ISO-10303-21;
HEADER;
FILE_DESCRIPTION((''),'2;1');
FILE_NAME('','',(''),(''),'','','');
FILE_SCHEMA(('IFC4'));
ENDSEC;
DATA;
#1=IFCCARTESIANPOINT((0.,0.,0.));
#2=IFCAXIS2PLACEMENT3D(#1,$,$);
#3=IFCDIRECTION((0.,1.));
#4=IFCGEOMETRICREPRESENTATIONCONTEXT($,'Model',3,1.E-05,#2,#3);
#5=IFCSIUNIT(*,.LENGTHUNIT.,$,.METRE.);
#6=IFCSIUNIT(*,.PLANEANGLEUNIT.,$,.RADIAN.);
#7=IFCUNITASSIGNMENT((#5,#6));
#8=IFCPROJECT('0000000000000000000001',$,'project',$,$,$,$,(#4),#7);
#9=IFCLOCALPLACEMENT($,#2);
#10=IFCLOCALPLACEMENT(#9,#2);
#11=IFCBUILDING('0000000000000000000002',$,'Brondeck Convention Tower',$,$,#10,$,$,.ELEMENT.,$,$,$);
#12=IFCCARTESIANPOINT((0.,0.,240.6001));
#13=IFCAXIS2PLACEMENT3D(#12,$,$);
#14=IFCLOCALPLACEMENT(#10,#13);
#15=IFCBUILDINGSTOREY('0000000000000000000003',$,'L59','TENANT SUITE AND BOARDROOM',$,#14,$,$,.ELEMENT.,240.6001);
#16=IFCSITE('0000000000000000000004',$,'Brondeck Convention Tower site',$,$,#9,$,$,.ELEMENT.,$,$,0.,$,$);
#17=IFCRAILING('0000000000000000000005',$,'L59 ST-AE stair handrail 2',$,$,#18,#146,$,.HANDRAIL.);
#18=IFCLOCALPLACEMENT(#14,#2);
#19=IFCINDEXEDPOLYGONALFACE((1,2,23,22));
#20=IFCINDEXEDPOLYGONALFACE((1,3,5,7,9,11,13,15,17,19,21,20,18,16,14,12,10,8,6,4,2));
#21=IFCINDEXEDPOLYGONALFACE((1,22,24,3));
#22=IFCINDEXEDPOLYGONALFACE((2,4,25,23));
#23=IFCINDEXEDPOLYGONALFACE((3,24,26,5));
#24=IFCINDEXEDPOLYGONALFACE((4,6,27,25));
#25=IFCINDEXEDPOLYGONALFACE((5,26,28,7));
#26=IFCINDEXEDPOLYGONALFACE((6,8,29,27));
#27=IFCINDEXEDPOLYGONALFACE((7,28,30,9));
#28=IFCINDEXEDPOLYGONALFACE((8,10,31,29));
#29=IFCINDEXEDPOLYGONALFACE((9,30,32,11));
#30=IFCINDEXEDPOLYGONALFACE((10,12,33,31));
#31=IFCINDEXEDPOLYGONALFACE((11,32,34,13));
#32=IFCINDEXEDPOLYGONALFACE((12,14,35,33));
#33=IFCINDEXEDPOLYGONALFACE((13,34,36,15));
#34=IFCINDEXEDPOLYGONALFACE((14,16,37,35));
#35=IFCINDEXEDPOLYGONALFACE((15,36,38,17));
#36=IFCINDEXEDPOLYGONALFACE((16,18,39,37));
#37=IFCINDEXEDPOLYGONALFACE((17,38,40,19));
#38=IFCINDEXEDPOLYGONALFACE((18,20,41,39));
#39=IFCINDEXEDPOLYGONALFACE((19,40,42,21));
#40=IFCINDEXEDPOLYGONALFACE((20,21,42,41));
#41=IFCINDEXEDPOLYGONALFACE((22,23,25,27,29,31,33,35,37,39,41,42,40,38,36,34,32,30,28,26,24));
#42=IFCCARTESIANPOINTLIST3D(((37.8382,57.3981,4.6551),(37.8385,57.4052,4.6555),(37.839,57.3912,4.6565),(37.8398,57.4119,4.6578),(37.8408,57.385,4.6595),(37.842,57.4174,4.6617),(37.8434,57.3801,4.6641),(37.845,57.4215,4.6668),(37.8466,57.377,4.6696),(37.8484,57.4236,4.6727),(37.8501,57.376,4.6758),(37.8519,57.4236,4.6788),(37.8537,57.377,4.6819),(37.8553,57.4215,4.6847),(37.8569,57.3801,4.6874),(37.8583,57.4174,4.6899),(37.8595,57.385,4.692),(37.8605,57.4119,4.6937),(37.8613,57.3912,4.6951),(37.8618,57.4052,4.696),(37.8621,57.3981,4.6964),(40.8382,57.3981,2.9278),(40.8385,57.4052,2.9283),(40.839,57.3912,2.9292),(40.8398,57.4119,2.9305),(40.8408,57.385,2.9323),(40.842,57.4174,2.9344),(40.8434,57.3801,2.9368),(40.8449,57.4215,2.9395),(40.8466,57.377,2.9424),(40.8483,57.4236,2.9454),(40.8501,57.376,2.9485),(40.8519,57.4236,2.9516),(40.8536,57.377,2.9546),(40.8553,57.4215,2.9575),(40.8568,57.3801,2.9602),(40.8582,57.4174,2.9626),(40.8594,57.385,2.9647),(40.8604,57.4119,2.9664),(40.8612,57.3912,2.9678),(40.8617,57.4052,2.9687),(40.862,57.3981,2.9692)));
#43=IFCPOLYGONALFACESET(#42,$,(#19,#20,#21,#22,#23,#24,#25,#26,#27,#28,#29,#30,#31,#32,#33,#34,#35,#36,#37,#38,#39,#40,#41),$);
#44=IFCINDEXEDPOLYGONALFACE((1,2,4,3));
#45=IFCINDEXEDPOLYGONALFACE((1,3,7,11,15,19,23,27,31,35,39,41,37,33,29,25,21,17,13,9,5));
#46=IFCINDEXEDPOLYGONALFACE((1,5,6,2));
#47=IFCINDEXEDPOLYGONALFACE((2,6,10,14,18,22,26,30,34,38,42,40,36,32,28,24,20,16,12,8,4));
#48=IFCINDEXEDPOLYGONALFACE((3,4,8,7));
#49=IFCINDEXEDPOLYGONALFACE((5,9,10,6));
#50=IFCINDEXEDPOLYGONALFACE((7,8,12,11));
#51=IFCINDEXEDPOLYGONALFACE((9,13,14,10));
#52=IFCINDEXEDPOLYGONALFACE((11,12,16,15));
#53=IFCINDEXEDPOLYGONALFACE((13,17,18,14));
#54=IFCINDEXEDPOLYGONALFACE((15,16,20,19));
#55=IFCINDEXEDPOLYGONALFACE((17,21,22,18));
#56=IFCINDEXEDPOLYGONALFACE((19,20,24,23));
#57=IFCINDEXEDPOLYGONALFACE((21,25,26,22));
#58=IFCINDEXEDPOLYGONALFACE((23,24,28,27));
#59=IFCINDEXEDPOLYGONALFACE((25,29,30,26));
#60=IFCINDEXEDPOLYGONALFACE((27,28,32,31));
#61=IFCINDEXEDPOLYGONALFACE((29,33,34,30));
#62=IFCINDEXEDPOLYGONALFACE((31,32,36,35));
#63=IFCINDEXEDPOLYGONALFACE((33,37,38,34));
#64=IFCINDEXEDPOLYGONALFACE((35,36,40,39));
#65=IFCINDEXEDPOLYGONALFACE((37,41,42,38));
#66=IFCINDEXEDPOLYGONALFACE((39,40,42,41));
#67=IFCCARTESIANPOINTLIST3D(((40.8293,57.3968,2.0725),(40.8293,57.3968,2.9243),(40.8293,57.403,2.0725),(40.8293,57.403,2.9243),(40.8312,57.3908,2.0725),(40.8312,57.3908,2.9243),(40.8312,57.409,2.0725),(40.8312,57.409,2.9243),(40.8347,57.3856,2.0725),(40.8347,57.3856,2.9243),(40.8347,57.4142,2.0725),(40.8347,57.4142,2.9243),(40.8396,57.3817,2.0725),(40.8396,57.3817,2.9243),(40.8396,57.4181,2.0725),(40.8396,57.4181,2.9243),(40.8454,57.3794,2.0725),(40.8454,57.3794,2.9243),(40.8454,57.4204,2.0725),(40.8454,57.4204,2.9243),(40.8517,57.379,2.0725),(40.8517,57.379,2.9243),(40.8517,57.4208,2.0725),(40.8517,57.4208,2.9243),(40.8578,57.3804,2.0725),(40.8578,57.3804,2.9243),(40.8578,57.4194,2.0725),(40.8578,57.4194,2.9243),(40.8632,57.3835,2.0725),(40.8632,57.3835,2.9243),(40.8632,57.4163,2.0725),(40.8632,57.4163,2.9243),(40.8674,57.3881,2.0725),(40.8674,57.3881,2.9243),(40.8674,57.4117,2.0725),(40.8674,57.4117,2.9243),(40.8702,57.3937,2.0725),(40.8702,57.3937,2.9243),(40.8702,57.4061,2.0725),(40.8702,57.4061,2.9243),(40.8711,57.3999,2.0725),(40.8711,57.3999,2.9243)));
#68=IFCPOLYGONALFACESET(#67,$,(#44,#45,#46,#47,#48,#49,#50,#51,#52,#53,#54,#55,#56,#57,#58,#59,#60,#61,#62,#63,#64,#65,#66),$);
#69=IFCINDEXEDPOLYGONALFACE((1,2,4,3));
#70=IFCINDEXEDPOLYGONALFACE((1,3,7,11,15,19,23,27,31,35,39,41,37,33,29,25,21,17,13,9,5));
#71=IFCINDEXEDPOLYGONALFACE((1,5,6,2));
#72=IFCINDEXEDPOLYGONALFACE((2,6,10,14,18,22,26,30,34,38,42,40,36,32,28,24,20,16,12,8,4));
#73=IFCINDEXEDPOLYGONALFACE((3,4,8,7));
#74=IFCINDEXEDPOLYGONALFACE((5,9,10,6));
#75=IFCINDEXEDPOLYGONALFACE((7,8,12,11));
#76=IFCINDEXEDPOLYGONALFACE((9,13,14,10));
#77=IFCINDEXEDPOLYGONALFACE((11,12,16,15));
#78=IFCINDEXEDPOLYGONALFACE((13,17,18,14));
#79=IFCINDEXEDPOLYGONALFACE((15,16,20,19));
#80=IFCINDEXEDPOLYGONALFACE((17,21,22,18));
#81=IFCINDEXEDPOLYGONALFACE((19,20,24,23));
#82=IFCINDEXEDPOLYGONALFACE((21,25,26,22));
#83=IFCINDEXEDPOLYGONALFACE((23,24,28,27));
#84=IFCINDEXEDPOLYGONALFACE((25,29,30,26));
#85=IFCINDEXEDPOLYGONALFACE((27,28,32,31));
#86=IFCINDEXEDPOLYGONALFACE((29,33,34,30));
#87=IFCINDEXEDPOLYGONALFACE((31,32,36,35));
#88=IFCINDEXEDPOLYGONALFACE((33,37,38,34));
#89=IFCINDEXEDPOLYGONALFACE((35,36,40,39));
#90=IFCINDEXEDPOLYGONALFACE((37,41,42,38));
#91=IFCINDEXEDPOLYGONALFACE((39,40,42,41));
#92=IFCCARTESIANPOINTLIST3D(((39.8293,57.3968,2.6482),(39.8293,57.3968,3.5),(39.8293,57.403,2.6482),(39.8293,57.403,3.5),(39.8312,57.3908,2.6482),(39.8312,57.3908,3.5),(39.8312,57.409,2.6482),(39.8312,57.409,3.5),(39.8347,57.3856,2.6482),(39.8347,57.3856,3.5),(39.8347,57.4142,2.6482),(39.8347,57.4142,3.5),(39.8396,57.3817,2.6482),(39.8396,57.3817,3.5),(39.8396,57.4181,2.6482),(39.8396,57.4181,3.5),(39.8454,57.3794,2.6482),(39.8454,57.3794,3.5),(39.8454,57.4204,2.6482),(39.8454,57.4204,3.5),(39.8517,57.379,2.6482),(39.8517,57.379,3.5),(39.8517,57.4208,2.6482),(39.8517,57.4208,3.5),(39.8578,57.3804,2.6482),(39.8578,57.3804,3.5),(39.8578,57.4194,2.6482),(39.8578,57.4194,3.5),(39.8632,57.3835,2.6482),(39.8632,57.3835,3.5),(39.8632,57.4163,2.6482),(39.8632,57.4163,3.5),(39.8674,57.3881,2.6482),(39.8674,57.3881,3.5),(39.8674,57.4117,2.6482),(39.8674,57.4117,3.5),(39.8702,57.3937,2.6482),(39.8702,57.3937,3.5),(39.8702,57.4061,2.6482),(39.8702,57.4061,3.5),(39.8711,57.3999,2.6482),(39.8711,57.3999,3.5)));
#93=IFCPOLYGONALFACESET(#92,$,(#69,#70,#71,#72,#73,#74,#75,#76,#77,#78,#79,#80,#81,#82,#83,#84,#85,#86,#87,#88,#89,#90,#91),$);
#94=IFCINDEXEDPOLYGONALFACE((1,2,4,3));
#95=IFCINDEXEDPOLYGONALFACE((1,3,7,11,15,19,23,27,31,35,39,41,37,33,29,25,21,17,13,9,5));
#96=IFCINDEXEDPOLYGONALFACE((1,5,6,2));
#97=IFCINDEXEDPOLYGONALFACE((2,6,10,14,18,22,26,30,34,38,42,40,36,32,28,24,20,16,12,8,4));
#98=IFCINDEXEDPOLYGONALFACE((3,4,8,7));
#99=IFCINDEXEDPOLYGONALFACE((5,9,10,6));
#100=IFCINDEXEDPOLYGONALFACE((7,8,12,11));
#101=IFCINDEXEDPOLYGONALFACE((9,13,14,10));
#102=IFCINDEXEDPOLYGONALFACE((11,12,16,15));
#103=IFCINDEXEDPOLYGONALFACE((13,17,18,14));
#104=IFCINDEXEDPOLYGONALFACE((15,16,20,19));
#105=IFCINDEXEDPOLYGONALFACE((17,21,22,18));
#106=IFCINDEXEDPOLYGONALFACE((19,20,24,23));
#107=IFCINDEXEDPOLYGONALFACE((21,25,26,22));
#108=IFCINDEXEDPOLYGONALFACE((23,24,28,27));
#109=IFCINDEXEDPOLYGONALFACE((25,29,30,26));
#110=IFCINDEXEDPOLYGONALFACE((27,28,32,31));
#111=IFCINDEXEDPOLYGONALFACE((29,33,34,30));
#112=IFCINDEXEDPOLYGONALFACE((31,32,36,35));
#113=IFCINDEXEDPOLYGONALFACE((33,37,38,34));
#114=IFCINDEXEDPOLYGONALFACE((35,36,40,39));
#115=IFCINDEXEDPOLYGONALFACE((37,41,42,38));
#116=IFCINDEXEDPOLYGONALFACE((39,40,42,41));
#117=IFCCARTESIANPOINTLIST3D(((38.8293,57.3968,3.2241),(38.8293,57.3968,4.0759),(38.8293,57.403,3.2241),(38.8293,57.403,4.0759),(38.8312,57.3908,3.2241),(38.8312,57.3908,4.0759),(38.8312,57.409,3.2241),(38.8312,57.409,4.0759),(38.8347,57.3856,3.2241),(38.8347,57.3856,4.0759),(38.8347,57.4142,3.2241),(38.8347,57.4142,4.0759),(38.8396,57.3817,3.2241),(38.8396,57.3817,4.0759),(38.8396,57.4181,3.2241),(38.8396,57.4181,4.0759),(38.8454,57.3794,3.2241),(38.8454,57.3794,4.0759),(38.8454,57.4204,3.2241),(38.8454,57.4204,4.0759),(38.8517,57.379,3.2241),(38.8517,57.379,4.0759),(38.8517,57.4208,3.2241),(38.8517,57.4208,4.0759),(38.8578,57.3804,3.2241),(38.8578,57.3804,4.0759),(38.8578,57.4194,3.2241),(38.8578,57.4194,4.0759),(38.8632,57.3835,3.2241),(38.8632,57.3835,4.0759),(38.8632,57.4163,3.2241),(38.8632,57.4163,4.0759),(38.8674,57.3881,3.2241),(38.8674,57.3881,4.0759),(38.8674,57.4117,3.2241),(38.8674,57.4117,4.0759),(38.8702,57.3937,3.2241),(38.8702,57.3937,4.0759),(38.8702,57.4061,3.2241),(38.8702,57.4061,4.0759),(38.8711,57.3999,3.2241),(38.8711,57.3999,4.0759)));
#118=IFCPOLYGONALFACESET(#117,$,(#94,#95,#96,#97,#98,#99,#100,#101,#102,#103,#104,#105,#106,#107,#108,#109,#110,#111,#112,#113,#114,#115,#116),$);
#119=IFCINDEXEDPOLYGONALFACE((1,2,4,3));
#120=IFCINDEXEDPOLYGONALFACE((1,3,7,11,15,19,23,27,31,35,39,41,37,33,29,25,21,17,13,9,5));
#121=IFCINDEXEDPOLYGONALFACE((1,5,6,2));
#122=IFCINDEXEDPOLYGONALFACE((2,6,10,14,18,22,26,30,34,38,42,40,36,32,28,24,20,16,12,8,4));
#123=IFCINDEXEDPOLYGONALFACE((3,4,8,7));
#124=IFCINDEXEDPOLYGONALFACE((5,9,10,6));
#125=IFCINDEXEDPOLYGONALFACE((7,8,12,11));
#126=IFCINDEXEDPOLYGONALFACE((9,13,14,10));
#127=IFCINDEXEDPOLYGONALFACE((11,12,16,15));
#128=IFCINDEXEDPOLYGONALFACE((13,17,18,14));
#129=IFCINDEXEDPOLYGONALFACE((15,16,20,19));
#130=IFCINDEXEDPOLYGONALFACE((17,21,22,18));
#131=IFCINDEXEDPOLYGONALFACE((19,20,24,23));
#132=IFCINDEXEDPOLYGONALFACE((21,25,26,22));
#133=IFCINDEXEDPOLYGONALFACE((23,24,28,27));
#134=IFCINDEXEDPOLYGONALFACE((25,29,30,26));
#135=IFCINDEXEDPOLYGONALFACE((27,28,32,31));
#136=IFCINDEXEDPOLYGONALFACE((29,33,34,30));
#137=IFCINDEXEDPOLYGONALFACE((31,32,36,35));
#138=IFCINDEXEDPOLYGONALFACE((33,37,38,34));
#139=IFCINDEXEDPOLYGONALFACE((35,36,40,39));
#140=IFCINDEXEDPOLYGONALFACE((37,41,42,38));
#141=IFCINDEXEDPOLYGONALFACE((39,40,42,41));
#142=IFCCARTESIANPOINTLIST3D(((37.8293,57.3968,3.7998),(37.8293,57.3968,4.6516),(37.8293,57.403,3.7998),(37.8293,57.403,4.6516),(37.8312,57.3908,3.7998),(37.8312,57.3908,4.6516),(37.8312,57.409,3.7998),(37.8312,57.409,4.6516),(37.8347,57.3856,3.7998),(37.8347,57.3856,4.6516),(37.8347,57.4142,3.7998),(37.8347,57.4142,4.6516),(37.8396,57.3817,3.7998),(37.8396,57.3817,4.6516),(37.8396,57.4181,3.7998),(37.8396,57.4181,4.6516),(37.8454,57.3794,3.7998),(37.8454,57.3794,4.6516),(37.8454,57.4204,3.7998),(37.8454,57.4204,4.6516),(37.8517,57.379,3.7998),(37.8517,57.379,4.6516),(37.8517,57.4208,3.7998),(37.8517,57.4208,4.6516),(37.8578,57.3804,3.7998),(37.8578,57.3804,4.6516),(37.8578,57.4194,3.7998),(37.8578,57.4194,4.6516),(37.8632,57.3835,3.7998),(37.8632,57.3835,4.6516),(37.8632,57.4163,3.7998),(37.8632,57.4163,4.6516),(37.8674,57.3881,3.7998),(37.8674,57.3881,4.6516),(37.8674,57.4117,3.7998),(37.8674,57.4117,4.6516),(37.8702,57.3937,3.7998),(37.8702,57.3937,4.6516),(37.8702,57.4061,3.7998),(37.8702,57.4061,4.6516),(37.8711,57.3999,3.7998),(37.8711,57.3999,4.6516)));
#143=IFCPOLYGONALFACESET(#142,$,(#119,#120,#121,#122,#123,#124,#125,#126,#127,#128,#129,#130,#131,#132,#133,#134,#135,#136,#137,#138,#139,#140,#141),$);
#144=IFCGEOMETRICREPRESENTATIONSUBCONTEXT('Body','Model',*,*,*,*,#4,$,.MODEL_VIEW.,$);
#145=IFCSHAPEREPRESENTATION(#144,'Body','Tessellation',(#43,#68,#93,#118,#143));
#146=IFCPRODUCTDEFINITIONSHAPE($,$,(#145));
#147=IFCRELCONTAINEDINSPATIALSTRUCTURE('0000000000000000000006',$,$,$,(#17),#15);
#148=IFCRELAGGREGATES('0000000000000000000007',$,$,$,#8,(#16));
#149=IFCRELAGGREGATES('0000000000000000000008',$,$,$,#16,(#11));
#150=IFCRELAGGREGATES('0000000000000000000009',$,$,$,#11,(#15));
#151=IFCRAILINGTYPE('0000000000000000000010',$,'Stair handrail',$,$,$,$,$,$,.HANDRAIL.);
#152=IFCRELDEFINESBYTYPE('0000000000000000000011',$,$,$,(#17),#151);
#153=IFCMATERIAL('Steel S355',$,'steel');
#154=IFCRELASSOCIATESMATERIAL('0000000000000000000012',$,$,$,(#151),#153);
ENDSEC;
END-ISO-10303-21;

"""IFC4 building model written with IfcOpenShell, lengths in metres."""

from ifc_helpers import new_model, si_unit, direction, frame, origin, origin_2d, place, context, subcontext, project, spatial, circle, extrude, material, type_object, element, save


model = new_model("IFC4")

# Units and contexts
model_context = context("Model", 3, precision=1e-05, world=origin(), true_north=direction((0.0, 1.0)))
body_context = subcontext(model_context, "Body", "Model", "MODEL_VIEW")
ifc_project = project(units=[si_unit("LENGTHUNIT", "METRE"), si_unit("PLANEANGLEUNIT", "RADIAN")], contexts=[model_context])

# Site, building, storey
site_placement = place(None, origin())
site = spatial("IfcSite", under=ifc_project, at=site_placement, Name="Brondeck Convention Tower site", CompositionType="ELEMENT", RefElevation=0.0)
building_placement = place(site_placement, origin())
building = spatial("IfcBuilding", under=site, at=building_placement, Name="Brondeck Convention Tower", CompositionType="ELEMENT")
storey_placement = place(building_placement, frame((0.0, 0.0, 240.6001)))
storey = spatial("IfcBuildingStorey", under=building, at=storey_placement, Name="L59", Description="TENANT SUITE AND BOARDROOM", CompositionType="ELEMENT", Elevation=240.6001)

# Shared definitions
ifc_material_1 = material(Name="Steel S355", Category="steel")

# Railing
railing_type_1 = type_object("IfcRailingType", Name="Stair handrail", PredefinedType="HANDRAIL", material=ifc_material_1)
railing_1_placement = place(storey_placement, frame((40.8501, 57.3999, 2.0725)))
element("IfcRailing", 1, at=railing_1_placement, inside=storey, type_object=railing_type_1, Name="L59 ST-AE stair handrail 2", PredefinedType="HANDRAIL", context=body_context, shape_type="SweptSolid", body=[
    extrude(circle(Radius=0.0239, at=origin_2d()), frame((0.0, 0.0, 0.876), z_axis=(-0.86662, 0.0, 0.498969), x_axis=(0.0, -1.0, 0.0)), (0.0, 0.0, 1.0), 3.4617),
    extrude(circle(Radius=0.021, at=origin_2d()), origin(), (0.0, 0.0, 1.0), 0.8518),
    extrude(circle(Radius=0.021, at=origin_2d()), frame((-1.0, 0.0, 0.5757)), (0.0, 0.0, 1.0), 0.8518),
    extrude(circle(Radius=0.021, at=origin_2d()), frame((-2.0, 0.0, 1.1516)), (0.0, 0.0, 1.0), 0.8518),
    extrude(circle(Radius=0.021, at=origin_2d()), frame((-3.0, 0.0, 1.7273)), (0.0, 0.0, 1.0), 0.8518),
])

save(model, "model.ifc")
